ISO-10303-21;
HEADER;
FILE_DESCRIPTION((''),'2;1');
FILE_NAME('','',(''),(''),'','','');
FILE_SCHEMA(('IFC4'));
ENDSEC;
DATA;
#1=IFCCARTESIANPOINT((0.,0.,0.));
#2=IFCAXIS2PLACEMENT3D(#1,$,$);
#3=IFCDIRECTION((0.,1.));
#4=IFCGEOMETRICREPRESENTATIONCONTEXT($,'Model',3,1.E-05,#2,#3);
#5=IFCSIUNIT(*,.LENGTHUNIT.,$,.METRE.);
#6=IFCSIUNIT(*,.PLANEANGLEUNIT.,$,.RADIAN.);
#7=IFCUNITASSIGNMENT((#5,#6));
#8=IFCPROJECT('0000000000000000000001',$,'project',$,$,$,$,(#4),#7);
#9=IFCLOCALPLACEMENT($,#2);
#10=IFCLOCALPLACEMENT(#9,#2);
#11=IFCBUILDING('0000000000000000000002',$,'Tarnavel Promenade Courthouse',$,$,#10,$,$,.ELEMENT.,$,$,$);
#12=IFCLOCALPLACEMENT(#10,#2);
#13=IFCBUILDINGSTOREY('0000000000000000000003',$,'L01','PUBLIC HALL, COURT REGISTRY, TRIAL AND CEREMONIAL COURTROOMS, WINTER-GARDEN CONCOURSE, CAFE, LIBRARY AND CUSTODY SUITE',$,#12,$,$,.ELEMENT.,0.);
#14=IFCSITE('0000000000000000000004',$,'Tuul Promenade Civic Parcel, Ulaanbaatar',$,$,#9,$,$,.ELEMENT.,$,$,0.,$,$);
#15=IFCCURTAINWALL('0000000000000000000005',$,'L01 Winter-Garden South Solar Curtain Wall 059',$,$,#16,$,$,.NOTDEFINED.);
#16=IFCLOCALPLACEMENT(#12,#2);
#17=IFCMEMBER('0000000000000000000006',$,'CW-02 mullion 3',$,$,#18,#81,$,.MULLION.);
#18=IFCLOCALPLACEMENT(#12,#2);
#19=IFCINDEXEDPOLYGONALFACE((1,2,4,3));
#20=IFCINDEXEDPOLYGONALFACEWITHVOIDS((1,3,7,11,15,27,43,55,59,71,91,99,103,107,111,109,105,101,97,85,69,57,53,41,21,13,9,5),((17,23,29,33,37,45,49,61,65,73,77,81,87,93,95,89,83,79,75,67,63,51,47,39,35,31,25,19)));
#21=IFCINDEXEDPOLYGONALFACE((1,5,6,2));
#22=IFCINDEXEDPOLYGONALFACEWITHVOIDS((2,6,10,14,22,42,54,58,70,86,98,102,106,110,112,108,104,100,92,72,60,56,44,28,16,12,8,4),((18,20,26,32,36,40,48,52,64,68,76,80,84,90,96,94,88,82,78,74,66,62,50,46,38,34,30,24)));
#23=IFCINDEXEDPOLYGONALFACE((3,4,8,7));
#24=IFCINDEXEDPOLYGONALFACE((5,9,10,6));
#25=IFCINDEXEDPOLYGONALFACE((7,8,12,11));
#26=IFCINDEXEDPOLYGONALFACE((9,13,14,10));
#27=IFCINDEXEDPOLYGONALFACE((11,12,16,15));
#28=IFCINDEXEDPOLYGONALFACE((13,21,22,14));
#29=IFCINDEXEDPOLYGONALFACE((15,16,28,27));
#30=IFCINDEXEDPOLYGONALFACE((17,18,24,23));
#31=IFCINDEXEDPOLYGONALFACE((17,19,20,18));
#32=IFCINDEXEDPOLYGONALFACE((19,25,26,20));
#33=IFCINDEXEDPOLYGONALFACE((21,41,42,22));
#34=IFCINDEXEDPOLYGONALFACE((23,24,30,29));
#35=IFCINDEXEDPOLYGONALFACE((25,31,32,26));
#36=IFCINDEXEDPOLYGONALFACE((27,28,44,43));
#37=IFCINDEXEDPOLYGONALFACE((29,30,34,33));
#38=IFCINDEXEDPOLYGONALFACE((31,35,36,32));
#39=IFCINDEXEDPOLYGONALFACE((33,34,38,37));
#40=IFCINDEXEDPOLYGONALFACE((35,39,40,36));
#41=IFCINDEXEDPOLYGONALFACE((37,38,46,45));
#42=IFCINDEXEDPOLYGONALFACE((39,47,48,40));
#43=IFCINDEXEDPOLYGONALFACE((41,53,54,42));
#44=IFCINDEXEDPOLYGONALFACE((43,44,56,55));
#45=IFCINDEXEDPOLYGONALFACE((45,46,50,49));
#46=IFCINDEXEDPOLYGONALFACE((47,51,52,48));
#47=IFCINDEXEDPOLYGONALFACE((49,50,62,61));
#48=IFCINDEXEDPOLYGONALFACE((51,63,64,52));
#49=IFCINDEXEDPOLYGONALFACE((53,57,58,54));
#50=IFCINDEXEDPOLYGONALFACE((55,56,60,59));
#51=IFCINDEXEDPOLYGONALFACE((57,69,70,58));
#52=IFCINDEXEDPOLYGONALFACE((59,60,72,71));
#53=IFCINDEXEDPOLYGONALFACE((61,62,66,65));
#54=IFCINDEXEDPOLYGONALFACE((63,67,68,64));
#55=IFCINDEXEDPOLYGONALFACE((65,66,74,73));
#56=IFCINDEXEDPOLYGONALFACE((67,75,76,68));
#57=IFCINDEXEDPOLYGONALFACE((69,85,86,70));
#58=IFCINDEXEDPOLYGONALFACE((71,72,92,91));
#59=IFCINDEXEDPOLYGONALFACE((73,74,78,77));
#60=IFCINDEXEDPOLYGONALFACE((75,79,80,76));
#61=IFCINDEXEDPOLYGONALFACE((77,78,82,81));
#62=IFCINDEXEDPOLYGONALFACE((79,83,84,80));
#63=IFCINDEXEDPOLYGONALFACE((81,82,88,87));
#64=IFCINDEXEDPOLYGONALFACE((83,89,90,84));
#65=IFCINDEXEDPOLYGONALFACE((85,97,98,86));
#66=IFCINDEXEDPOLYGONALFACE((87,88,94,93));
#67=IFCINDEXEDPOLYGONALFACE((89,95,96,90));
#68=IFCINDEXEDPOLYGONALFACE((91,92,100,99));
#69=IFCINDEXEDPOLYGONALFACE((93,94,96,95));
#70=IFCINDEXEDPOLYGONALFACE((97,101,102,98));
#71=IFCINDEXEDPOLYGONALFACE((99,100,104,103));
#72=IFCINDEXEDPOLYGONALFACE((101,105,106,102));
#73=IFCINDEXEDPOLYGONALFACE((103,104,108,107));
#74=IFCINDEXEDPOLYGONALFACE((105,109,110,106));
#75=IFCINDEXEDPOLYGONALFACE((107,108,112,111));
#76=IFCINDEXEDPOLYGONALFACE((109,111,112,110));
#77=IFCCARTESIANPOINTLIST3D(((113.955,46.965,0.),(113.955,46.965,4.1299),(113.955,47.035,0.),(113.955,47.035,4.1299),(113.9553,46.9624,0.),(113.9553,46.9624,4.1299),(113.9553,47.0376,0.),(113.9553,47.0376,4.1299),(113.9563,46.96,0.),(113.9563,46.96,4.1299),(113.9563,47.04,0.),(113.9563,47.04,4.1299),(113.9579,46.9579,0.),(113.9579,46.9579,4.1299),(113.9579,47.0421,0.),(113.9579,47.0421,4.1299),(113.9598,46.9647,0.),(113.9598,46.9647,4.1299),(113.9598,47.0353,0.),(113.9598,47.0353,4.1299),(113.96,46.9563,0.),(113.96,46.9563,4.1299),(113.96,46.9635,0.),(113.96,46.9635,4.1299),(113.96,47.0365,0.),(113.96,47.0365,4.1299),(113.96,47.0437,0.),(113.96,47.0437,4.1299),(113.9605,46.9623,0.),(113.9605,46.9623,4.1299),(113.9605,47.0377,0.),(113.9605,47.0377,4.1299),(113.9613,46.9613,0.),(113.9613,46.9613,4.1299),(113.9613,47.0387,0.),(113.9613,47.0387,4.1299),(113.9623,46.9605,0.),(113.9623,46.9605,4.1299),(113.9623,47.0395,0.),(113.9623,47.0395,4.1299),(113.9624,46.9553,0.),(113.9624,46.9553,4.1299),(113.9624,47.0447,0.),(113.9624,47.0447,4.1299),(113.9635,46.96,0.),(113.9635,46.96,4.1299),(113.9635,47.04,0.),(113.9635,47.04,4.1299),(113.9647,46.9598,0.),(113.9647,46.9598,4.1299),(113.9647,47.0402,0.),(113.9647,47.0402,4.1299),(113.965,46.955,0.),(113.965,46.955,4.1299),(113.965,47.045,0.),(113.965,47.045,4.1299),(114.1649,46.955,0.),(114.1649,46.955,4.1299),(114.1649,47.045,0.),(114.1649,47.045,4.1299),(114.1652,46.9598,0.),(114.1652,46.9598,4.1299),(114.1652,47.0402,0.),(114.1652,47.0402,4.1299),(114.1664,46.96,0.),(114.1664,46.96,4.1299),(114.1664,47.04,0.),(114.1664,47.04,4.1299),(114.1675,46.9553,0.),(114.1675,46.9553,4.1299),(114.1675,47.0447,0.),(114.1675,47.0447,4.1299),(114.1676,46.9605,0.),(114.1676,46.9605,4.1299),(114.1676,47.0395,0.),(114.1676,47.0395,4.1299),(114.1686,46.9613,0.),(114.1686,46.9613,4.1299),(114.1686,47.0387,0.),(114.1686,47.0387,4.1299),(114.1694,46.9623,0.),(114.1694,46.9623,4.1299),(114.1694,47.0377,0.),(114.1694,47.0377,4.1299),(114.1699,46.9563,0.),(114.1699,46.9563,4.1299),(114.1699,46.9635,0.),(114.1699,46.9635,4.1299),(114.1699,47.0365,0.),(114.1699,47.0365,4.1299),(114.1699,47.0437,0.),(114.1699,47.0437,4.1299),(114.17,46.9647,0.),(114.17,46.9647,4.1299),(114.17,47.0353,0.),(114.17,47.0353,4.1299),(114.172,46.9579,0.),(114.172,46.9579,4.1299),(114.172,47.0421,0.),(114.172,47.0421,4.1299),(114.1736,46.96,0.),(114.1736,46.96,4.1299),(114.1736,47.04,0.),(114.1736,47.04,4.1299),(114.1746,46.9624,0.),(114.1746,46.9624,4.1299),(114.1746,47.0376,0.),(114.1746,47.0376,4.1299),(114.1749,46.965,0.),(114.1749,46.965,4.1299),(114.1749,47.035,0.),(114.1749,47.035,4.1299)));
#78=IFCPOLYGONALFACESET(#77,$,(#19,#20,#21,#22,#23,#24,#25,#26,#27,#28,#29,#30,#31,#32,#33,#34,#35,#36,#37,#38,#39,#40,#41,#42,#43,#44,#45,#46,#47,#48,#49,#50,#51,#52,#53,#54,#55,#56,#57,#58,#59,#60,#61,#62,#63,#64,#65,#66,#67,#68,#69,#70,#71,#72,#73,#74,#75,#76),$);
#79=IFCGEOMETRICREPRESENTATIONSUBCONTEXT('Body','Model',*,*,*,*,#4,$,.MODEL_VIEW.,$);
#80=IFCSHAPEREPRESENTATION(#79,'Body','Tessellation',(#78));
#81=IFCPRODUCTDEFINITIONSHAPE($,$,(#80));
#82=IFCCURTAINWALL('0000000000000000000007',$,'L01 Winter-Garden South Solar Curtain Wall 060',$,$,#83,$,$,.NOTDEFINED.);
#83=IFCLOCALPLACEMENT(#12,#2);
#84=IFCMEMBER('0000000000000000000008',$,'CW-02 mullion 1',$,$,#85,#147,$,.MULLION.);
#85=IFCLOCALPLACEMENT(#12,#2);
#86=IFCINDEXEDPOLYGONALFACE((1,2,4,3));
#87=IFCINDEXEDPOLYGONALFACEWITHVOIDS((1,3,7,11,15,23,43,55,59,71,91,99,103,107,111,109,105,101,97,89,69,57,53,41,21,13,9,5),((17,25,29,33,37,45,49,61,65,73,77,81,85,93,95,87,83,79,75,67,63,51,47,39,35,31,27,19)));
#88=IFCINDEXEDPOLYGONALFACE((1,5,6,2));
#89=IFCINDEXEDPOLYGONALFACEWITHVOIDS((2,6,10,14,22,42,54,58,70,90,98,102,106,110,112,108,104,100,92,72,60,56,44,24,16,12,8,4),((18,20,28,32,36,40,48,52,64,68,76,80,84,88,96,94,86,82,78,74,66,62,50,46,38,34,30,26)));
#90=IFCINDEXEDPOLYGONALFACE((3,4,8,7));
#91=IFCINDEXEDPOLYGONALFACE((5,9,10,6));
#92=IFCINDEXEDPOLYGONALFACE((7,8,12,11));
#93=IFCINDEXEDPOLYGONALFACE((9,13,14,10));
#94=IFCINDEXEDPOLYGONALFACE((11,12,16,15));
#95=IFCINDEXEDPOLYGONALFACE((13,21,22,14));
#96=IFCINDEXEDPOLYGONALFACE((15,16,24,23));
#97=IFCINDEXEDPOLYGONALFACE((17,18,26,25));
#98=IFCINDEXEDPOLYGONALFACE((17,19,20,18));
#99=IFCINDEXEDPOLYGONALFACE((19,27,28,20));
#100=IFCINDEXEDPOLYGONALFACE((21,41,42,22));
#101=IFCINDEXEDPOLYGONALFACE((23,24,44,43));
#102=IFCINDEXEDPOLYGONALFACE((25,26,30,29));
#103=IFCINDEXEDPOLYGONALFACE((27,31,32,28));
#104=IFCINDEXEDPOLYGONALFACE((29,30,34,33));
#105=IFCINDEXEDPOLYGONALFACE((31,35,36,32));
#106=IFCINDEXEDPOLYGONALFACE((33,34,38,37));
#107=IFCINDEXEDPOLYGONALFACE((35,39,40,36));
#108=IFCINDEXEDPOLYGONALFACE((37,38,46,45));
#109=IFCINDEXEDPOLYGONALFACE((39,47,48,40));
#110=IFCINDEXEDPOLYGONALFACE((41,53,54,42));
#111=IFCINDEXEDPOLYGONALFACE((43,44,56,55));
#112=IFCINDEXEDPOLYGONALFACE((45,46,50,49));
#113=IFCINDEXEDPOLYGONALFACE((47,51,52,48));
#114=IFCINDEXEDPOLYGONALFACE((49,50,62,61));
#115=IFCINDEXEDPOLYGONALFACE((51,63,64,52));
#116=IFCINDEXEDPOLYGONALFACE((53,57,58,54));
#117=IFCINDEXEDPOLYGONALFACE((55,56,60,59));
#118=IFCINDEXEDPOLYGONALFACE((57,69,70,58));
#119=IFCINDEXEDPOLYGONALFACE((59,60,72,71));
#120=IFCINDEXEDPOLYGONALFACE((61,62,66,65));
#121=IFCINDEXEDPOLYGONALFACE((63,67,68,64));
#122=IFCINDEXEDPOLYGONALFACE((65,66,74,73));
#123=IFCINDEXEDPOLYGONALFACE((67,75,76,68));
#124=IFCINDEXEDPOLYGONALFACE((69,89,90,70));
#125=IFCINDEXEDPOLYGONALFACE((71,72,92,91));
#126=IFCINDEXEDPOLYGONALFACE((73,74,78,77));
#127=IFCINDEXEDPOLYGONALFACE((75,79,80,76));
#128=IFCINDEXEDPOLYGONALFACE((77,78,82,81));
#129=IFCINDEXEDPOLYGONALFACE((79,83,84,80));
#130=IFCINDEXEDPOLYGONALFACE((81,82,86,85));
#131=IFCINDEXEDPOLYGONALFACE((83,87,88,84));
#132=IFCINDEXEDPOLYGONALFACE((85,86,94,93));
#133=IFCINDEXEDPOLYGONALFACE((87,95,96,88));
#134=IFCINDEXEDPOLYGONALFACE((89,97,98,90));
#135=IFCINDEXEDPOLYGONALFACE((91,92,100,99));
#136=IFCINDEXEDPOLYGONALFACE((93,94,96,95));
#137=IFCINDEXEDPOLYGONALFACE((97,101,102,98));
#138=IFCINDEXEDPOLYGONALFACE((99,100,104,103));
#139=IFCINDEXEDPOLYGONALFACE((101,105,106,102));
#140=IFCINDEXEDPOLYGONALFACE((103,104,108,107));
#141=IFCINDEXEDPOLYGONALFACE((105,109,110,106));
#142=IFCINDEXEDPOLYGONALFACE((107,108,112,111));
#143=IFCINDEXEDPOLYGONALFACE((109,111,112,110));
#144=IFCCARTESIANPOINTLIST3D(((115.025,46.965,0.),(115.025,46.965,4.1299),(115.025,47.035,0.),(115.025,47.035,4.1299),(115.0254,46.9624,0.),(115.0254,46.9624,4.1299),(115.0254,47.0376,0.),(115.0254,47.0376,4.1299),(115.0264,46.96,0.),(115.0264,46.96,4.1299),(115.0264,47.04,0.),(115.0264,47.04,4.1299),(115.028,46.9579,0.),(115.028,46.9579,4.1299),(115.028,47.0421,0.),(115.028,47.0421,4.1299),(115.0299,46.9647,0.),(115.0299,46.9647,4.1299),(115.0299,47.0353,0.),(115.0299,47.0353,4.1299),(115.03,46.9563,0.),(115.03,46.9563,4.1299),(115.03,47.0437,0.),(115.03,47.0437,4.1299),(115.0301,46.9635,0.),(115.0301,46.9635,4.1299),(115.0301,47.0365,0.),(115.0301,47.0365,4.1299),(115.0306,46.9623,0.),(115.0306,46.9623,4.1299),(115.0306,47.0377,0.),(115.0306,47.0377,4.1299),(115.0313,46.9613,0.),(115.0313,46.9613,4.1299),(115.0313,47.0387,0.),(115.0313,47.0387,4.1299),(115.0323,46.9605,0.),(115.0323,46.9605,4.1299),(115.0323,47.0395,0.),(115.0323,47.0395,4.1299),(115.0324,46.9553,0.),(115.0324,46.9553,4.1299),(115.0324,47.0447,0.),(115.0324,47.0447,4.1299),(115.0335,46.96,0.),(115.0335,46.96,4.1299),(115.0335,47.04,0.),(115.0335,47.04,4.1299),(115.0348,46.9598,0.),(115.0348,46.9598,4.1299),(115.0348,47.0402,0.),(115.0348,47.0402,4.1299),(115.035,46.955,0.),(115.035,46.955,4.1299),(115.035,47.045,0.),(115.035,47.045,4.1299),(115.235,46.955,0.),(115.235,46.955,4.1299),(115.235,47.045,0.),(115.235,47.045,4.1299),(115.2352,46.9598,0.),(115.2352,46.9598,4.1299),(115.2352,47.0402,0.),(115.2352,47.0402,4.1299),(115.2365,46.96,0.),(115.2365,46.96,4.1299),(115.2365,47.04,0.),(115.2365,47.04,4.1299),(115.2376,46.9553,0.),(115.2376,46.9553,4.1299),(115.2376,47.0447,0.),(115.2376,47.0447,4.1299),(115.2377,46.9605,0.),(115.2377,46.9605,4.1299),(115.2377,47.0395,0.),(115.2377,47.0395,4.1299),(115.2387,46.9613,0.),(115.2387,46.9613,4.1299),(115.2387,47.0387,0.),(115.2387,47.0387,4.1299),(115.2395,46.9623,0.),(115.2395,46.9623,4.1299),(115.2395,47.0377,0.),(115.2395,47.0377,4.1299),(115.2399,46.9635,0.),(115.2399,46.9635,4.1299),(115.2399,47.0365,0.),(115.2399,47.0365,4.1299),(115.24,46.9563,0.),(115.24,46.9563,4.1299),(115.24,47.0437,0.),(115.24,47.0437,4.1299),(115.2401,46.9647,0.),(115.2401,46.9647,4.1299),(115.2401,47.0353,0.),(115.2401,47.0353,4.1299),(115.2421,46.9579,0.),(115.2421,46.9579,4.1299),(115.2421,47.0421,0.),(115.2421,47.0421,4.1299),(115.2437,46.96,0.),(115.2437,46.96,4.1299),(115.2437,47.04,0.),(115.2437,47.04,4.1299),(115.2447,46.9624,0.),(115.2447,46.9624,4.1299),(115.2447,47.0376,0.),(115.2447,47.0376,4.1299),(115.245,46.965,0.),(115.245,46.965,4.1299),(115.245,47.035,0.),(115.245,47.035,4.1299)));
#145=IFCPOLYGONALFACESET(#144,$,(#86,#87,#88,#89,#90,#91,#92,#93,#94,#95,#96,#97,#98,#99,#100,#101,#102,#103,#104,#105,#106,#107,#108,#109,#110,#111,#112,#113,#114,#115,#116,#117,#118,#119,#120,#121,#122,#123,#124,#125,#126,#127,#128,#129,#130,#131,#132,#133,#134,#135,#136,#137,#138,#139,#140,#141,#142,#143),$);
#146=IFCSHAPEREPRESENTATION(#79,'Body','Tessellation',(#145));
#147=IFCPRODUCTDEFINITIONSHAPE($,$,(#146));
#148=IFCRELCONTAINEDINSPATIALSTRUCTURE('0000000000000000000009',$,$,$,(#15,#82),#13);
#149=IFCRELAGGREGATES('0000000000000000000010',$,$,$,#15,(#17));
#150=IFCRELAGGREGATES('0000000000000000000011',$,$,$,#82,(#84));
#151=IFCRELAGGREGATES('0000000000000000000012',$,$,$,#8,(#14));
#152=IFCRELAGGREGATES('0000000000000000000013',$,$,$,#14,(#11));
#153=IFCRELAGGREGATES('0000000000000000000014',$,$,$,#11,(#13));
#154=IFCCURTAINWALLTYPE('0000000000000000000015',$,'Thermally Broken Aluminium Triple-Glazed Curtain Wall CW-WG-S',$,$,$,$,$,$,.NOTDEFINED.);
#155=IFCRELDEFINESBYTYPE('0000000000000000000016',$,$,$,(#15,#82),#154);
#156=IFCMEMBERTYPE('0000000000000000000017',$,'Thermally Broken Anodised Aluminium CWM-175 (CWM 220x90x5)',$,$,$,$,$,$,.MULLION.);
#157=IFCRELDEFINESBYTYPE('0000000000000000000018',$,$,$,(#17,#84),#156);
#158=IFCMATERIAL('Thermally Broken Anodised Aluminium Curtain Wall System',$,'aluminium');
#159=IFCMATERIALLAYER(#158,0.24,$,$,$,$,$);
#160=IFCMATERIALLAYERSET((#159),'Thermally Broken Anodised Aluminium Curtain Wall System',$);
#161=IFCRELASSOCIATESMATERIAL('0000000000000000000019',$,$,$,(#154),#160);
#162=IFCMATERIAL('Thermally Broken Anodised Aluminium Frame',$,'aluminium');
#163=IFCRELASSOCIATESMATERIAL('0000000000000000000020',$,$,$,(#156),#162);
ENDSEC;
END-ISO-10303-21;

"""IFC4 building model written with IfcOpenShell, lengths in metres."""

from ifc_helpers import new_model, si_unit, direction, frame, origin, origin_2d, place, context, subcontext, project, spatial, hollow_rectangle, extrude, material, layer, layer_set, material_profile, profile_set, type_object, element, aggregate, save


model = new_model("IFC4")

# Units and contexts
model_context = context("Model", 3, precision=1e-05, world=origin(), true_north=direction((0.0, 1.0)))
body_context = subcontext(model_context, "Body", "Model", "MODEL_VIEW")
ifc_project = project(units=[si_unit("LENGTHUNIT", "METRE"), si_unit("PLANEANGLEUNIT", "RADIAN")], contexts=[model_context])

# Site, building, storey
site_placement = place(None, origin())
site = spatial("IfcSite", under=ifc_project, at=site_placement, Name="Tuul Promenade Civic Parcel, Ulaanbaatar", CompositionType="ELEMENT", RefElevation=0.0)
building_placement = place(site_placement, origin())
building = spatial("IfcBuilding", under=site, at=building_placement, Name="Tarnavel Promenade Courthouse", CompositionType="ELEMENT")
storey_placement = place(building_placement, origin())
storey = spatial("IfcBuildingStorey", under=building, at=storey_placement, Name="L01", Description="PUBLIC HALL, COURT REGISTRY, TRIAL AND CEREMONIAL COURTROOMS, WINTER-GARDEN CONCOURSE, CAFE, LIBRARY AND CUSTODY SUITE", CompositionType="ELEMENT", Elevation=0.0)

# Shared definitions
ifc_material_1 = material(Name="Thermally Broken Anodised Aluminium Curtain Wall System", Category="aluminium")
ifc_layer_1 = layer(ifc_material_1, 0.24)
ifc_layer_set_1 = layer_set([ifc_layer_1], Name="Thermally Broken Anodised Aluminium Curtain Wall System")
curtain_wall_type = type_object("IfcCurtainWallType", Name="Thermally Broken Aluminium Triple-Glazed Curtain Wall CW-WG-S", PredefinedType="NOTDEFINED", material=ifc_layer_set_1)
ifc_material_2 = material(Name="Thermally Broken Anodised Aluminium Frame", Category="aluminium")
ifc_material_profile_1 = material_profile(ifc_material_2, hollow_rectangle(XDim=0.0901, YDim=0.22, WallThickness=0.0049, InnerFilletRadius=0.0049, OuterFilletRadius=0.01, at=origin_2d()), Name="CWM 220x90x5")
ifc_profile_set_1 = profile_set([ifc_material_profile_1], Name="Thermally Broken Anodised Aluminium Frame")
member_type_1 = type_object("IfcMemberType", Name="Thermally Broken Anodised Aluminium CWM-175 (CWM 220x90x5)", PredefinedType="MULLION", material=ifc_profile_set_1)

# Curtain wall, member
curtain_wall_1_placement = place(storey_placement, origin())
curtain_wall_1 = element("IfcCurtainWall", 1, at=curtain_wall_1_placement, inside=storey, type_object=curtain_wall_type, Name="L01 Winter-Garden South Solar Curtain Wall 059", PredefinedType="NOTDEFINED")
member_1_placement = place(storey_placement, frame((114.0649, 47.0, 0.0), z_axis=(0.0, 0.0, 1.0), x_axis=(0.0, 1.0, 0.0)))
member_1 = element("IfcMember", 2, at=member_1_placement, type_object=member_type_1, Name="CW-02 mullion 3", PredefinedType="MULLION", context=body_context, shape_type="SweptSolid", body=[
    extrude(hollow_rectangle(XDim=0.0901, YDim=0.22, WallThickness=0.0049, InnerFilletRadius=0.0049, OuterFilletRadius=0.01, at=origin_2d()), origin(), (0.0, 0.0, 1.0), 4.1299),
])

# Curtain wall, member
curtain_wall_2_placement = place(storey_placement, origin())
curtain_wall_2 = element("IfcCurtainWall", 3, at=curtain_wall_2_placement, inside=storey, type_object=curtain_wall_type, Name="L01 Winter-Garden South Solar Curtain Wall 060", PredefinedType="NOTDEFINED")
member_2_placement = place(storey_placement, frame((115.135, 47.0, 0.0), z_axis=(0.0, 0.0, 1.0), x_axis=(0.0, 1.0, 0.0)))
member_2 = element("IfcMember", 4, at=member_2_placement, type_object=member_type_1, Name="CW-02 mullion 1", PredefinedType="MULLION", context=body_context, shape_type="SweptSolid", body=[
    extrude(hollow_rectangle(XDim=0.0901, YDim=0.22, WallThickness=0.0049, InnerFilletRadius=0.0049, OuterFilletRadius=0.01, at=origin_2d()), origin(), (0.0, 0.0, 1.0), 4.1299),
])

aggregate(curtain_wall_1, [member_1])
aggregate(curtain_wall_2, [member_2])

save(model, "model.ifc")
